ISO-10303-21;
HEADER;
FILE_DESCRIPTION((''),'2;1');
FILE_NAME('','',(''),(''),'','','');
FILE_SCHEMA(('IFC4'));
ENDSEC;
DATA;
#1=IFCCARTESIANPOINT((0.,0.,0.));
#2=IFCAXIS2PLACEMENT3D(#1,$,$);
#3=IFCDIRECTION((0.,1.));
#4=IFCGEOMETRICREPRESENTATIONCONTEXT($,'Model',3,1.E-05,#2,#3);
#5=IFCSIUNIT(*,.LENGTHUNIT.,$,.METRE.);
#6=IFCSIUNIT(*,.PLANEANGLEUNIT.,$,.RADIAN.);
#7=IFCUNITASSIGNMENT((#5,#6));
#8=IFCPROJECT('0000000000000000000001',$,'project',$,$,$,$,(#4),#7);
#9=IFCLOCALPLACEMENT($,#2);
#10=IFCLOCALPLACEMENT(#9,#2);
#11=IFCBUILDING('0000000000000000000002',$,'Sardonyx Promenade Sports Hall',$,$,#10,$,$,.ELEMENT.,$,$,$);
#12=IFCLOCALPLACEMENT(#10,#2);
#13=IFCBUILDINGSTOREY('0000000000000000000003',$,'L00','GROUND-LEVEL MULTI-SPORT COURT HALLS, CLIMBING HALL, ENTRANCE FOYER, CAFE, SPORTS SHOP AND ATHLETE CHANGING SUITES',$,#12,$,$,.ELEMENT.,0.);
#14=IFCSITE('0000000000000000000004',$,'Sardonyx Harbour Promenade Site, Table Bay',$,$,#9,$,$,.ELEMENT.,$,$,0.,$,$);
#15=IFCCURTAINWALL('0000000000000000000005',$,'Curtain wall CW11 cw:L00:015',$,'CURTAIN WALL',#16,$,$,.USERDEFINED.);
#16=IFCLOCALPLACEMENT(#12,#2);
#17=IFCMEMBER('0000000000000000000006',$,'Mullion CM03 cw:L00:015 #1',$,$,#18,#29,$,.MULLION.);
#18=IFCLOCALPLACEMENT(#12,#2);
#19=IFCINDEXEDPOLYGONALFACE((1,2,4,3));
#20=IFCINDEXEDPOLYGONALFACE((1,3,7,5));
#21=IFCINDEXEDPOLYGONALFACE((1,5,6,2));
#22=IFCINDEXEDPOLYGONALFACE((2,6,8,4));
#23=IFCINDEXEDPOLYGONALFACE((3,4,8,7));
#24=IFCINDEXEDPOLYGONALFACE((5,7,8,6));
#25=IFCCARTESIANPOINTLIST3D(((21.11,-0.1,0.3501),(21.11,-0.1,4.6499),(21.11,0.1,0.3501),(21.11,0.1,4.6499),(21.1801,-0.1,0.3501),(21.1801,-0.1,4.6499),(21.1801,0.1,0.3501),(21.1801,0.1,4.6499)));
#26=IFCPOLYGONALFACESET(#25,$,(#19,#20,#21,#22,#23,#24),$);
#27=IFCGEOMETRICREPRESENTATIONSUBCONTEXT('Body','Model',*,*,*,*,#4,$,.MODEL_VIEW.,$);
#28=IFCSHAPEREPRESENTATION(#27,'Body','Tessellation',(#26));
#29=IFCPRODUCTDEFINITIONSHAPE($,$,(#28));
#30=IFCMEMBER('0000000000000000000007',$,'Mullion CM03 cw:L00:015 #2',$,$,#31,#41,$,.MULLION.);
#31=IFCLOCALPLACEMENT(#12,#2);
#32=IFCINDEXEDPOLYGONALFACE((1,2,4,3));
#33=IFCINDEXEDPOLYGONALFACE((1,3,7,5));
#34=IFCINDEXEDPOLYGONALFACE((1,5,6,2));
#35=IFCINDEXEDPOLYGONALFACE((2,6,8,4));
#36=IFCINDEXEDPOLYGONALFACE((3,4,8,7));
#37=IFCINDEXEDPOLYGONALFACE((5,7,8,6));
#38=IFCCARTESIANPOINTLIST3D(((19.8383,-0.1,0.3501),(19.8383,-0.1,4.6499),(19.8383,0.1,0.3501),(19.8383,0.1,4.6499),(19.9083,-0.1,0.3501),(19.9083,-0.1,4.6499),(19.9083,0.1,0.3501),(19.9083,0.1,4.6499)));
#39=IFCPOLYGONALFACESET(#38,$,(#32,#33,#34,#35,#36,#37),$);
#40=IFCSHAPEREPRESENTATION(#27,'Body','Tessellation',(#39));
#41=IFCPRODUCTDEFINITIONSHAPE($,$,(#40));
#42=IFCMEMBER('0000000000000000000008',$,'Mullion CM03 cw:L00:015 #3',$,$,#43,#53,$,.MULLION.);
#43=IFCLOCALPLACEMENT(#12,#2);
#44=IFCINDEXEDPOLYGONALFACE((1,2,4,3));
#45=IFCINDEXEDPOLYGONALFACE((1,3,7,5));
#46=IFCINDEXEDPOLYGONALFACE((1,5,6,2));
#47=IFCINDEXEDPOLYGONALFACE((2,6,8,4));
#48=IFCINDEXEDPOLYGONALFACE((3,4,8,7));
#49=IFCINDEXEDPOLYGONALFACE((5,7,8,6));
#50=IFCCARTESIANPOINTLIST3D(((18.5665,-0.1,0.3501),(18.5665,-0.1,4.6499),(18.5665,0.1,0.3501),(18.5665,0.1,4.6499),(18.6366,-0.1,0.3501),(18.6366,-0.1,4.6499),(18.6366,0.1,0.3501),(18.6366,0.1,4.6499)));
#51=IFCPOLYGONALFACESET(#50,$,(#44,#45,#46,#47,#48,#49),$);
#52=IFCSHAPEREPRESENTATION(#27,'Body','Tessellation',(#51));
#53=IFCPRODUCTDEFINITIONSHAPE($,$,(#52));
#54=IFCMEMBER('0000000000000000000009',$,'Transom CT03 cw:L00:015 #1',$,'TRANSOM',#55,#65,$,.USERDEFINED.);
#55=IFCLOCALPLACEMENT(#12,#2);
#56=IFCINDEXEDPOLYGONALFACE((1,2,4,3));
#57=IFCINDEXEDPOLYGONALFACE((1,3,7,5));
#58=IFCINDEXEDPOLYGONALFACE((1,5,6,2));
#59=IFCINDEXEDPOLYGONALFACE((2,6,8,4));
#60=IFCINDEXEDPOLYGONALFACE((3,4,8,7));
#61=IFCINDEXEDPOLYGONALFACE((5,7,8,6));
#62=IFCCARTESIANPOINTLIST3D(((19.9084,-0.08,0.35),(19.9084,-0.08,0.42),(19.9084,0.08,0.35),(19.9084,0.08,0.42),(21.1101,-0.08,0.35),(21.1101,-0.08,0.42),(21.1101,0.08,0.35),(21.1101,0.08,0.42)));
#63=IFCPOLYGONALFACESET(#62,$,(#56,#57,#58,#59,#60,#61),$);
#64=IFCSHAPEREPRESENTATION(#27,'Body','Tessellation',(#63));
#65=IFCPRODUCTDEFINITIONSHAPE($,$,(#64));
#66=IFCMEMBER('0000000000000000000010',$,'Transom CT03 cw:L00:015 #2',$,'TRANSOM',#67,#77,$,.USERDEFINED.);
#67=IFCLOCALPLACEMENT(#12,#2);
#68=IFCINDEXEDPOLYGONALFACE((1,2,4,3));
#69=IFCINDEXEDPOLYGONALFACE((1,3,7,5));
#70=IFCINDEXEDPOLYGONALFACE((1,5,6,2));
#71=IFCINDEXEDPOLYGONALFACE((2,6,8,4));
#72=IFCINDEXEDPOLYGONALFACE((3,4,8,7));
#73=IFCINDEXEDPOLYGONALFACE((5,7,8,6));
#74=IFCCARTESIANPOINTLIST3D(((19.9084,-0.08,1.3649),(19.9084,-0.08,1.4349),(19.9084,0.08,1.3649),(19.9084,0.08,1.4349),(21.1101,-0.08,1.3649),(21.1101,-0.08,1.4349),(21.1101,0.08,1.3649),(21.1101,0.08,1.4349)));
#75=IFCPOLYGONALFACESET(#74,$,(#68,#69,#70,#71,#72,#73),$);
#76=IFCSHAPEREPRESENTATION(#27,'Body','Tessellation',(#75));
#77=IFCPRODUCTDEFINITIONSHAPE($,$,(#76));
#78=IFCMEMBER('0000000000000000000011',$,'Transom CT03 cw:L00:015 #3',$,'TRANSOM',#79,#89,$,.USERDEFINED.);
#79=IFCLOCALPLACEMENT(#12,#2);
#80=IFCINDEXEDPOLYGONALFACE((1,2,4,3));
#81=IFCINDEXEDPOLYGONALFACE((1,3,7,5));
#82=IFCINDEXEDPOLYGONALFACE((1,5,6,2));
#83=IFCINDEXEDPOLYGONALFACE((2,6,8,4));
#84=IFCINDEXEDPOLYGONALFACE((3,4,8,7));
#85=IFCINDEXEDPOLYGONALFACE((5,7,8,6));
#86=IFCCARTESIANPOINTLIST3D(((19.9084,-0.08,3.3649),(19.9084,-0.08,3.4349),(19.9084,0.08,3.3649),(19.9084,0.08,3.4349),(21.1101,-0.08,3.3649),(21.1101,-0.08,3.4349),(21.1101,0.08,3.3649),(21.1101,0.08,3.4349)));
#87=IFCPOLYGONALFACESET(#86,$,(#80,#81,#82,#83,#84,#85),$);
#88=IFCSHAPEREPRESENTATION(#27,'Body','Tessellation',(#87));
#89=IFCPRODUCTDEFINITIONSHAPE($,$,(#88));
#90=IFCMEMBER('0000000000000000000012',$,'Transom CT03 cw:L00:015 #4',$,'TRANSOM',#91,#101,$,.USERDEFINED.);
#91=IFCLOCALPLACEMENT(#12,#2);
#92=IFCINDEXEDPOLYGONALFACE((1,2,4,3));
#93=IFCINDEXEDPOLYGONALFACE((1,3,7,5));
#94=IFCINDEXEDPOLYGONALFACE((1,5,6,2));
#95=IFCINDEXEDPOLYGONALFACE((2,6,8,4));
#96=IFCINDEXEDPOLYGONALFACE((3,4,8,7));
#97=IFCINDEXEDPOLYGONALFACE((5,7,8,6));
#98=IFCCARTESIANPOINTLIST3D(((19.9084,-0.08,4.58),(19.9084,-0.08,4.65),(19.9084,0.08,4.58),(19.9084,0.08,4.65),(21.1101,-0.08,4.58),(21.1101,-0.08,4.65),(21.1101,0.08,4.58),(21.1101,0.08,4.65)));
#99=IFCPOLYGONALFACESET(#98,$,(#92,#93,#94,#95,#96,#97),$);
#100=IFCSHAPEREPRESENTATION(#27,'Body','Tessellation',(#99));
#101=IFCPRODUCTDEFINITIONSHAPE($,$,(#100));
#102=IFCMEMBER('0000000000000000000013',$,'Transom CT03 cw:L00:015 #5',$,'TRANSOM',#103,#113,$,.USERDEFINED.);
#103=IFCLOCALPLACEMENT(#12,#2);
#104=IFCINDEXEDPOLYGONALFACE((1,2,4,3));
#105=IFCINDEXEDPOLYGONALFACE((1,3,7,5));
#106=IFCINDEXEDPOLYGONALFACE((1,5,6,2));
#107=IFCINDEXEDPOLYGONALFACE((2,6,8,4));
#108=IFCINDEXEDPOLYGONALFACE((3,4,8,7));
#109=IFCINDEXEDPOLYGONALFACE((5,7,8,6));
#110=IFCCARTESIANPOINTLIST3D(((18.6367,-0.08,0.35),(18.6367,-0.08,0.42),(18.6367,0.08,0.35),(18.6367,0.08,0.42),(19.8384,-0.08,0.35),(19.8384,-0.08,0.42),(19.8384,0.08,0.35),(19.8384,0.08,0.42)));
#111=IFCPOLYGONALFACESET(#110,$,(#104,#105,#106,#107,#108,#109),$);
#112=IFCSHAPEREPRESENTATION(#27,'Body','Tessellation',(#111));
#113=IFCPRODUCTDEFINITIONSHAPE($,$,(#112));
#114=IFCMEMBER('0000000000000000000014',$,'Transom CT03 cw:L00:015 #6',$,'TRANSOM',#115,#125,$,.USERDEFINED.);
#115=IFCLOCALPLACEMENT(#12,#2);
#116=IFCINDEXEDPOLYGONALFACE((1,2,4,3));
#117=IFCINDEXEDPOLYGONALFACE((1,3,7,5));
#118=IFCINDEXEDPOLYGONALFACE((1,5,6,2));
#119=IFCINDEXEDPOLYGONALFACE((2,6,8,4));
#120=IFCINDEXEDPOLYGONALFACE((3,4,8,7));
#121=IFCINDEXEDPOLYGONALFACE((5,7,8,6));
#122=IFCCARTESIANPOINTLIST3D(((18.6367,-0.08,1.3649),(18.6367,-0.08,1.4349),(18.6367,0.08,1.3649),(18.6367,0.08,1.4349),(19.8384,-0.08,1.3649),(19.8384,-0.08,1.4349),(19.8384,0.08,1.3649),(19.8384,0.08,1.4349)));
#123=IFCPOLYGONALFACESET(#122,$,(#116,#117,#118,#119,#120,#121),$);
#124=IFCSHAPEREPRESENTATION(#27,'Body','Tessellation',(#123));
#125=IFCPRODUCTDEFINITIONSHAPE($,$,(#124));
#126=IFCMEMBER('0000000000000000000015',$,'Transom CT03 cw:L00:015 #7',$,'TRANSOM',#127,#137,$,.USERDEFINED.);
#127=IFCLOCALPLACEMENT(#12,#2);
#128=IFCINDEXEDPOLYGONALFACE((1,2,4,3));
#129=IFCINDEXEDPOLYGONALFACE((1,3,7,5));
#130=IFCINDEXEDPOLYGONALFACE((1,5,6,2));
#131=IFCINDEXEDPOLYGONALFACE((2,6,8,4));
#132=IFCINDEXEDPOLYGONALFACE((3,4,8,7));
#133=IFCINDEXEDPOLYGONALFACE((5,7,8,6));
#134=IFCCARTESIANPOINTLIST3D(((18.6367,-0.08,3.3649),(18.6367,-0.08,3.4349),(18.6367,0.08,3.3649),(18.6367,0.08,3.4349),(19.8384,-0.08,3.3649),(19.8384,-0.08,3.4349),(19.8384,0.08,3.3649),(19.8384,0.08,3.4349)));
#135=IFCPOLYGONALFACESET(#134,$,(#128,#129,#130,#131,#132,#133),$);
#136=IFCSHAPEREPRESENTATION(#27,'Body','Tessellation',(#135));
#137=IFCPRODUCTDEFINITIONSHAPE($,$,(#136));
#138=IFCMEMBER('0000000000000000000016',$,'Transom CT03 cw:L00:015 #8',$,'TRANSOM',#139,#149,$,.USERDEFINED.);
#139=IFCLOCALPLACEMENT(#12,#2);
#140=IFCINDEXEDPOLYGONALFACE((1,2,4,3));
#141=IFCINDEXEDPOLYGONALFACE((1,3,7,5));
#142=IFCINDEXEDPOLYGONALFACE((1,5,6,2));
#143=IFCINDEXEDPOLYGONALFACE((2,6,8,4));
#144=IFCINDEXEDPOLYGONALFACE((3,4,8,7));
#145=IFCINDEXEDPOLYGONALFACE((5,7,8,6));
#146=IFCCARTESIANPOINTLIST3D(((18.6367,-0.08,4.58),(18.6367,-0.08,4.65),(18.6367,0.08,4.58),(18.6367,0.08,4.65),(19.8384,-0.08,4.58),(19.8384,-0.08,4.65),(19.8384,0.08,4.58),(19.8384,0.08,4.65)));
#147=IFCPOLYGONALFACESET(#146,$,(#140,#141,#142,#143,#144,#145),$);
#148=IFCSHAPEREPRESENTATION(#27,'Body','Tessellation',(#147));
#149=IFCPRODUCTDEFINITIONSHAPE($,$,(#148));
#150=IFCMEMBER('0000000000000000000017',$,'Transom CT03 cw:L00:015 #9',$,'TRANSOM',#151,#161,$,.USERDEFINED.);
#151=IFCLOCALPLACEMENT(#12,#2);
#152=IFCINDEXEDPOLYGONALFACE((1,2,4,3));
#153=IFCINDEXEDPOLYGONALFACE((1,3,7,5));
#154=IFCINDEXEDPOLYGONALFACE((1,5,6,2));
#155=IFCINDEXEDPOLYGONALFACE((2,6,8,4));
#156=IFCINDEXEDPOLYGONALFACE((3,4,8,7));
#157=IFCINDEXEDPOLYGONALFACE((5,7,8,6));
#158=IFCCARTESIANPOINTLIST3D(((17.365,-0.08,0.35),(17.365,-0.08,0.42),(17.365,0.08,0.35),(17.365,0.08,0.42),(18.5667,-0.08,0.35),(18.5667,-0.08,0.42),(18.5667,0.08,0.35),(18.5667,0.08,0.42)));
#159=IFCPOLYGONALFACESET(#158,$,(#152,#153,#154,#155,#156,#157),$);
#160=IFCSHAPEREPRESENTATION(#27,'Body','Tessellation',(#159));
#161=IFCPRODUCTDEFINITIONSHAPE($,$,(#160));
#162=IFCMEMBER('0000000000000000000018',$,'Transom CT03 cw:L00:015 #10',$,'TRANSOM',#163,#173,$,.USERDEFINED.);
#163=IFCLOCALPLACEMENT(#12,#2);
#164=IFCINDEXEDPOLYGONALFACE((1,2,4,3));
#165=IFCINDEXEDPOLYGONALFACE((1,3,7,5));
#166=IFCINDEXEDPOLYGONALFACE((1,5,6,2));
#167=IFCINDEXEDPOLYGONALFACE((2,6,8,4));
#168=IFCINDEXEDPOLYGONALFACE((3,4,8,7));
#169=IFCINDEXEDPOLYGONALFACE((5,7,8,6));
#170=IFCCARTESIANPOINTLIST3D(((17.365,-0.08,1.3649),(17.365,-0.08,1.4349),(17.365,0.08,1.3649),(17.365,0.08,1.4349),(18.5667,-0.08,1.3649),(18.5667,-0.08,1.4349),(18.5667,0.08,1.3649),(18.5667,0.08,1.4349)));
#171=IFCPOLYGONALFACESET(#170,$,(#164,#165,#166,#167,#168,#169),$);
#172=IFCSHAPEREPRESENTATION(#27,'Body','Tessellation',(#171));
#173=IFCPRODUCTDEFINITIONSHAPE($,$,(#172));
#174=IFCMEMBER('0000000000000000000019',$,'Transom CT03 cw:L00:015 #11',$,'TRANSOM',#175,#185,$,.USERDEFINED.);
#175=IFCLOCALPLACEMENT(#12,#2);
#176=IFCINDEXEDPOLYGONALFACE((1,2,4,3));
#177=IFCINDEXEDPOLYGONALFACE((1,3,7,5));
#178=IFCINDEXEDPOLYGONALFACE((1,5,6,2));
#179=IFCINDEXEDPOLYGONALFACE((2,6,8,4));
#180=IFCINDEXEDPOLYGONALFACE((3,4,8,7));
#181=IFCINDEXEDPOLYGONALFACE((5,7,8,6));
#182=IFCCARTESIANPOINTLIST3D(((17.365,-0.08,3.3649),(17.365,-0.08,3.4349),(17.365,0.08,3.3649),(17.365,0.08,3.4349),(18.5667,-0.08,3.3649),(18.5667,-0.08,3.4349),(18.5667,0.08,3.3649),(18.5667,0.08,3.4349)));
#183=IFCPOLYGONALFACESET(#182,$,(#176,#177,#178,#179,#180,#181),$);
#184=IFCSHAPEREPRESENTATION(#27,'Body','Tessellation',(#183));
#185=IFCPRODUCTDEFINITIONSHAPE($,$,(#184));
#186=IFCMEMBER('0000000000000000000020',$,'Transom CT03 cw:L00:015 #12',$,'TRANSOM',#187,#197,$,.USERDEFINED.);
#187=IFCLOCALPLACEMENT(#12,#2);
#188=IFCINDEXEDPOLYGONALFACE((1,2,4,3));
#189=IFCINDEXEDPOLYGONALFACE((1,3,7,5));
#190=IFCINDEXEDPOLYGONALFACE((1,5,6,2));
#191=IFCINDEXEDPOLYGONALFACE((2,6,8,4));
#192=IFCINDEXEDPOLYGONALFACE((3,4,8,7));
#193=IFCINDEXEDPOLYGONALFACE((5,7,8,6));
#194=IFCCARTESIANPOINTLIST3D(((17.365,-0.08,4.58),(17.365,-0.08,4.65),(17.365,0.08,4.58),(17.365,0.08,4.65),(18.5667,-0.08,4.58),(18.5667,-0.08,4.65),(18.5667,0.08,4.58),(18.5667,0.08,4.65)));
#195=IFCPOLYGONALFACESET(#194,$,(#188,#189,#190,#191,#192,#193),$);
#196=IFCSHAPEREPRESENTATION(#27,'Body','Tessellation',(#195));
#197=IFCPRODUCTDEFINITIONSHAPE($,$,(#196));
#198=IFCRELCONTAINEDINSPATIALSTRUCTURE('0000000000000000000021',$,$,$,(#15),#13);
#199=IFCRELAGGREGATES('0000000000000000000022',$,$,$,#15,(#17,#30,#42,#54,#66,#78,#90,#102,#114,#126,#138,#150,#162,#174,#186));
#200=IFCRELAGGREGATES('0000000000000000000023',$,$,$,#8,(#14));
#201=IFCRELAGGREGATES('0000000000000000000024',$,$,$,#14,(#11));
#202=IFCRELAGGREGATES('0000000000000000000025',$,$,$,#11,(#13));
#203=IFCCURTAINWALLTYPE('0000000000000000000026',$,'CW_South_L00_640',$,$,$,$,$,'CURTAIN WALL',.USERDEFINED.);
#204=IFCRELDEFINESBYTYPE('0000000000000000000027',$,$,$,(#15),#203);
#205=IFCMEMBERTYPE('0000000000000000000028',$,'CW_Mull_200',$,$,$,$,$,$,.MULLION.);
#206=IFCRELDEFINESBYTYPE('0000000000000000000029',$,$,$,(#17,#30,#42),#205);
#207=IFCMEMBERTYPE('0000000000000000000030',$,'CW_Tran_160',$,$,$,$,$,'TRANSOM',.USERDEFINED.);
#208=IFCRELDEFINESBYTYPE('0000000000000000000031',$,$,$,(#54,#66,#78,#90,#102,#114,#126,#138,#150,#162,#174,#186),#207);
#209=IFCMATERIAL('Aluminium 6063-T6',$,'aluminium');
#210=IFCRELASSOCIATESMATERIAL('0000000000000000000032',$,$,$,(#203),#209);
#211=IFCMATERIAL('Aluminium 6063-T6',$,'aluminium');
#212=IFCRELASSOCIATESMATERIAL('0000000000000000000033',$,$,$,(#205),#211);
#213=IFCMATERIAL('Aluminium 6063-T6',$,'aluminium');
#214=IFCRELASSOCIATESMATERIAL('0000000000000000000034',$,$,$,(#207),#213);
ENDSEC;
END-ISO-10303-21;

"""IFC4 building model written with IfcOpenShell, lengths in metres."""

from ifc_helpers import new_model, si_unit, direction, frame, origin, origin_2d, place, context, subcontext, project, spatial, rectangle, extrude, material, material_profile, profile_set, type_object, element, aggregate, save


model = new_model("IFC4")

# Units and contexts
model_context = context("Model", 3, precision=1e-05, world=origin(), true_north=direction((0.0, 1.0)))
body_context = subcontext(model_context, "Body", "Model", "MODEL_VIEW")
ifc_project = project(units=[si_unit("LENGTHUNIT", "METRE"), si_unit("PLANEANGLEUNIT", "RADIAN")], contexts=[model_context])

# Site, building, storey
site_placement = place(None, origin())
site = spatial("IfcSite", under=ifc_project, at=site_placement, Name="Sardonyx Harbour Promenade Site, Table Bay", CompositionType="ELEMENT", RefElevation=0.0)
building_placement = place(site_placement, origin())
building = spatial("IfcBuilding", under=site, at=building_placement, Name="Sardonyx Promenade Sports Hall", CompositionType="ELEMENT")
storey_placement = place(building_placement, origin())
storey = spatial("IfcBuildingStorey", under=building, at=storey_placement, Name="L00", Description="GROUND-LEVEL MULTI-SPORT COURT HALLS, CLIMBING HALL, ENTRANCE FOYER, CAFE, SPORTS SHOP AND ATHLETE CHANGING SUITES", CompositionType="ELEMENT", Elevation=0.0)

# Curtain wall, members
ifc_material_1 = material(Name="Aluminium 6063-T6", Category="aluminium")
curtain_wall_type = type_object("IfcCurtainWallType", Name="CW_South_L00_640", ElementType="CURTAIN WALL", PredefinedType="USERDEFINED", material=ifc_material_1)
curtain_wall_placement = place(storey_placement, origin())
curtain_wall = element("IfcCurtainWall", 1, at=curtain_wall_placement, inside=storey, type_object=curtain_wall_type, Name="Curtain wall CW11 cw:L00:015", ObjectType="CURTAIN WALL", PredefinedType="USERDEFINED")
ifc_material_2 = material(Name="Aluminium 6063-T6", Category="aluminium")
ifc_material_profile_1 = material_profile(ifc_material_2, rectangle(XDim=0.0701, YDim=0.2, at=origin_2d()))
ifc_profile_set_1 = profile_set([ifc_material_profile_1], Name="Aluminium 6063-T6")
member_type_1 = type_object("IfcMemberType", Name="CW_Mull_200", PredefinedType="MULLION", material=ifc_profile_set_1)
member_1_placement = place(storey_placement, frame((21.145, 0.0, 0.3501), z_axis=(0.0, 0.0, 1.0), x_axis=(-1.0, 0.0, 0.0)))
member_1 = element("IfcMember", 2, at=member_1_placement, type_object=member_type_1, Name="Mullion CM03 cw:L00:015 #1", PredefinedType="MULLION", context=body_context, shape_type="SweptSolid", body=[
    extrude(rectangle(XDim=0.0701, YDim=0.2, at=origin_2d()), origin(), (0.0, 0.0, 1.0), 4.2998),
])
member_2_placement = place(storey_placement, frame((19.8733, 0.0, 0.3501), z_axis=(0.0, 0.0, 1.0), x_axis=(-1.0, 0.0, 0.0)))
member_2 = element("IfcMember", 3, at=member_2_placement, type_object=member_type_1, Name="Mullion CM03 cw:L00:015 #2", PredefinedType="MULLION", context=body_context, shape_type="SweptSolid", body=[
    extrude(rectangle(XDim=0.0701, YDim=0.2, at=origin_2d()), origin(), (0.0, 0.0, 1.0), 4.2998),
])
member_3_placement = place(storey_placement, frame((18.6016, 0.0, 0.3501), z_axis=(0.0, 0.0, 1.0), x_axis=(-1.0, 0.0, 0.0)))
member_3 = element("IfcMember", 4, at=member_3_placement, type_object=member_type_1, Name="Mullion CM03 cw:L00:015 #3", PredefinedType="MULLION", context=body_context, shape_type="SweptSolid", body=[
    extrude(rectangle(XDim=0.0701, YDim=0.2, at=origin_2d()), origin(), (0.0, 0.0, 1.0), 4.2998),
])
ifc_material_3 = material(Name="Aluminium 6063-T6", Category="aluminium")
ifc_material_profile_2 = material_profile(ifc_material_3, rectangle(XDim=0.0701, YDim=0.1599, at=origin_2d()))
ifc_profile_set_2 = profile_set([ifc_material_profile_2], Name="Aluminium 6063-T6")
member_type_2 = type_object("IfcMemberType", Name="CW_Tran_160", ElementType="TRANSOM", PredefinedType="USERDEFINED", material=ifc_profile_set_2)
member_4_placement = place(storey_placement, frame((21.1101, 0.0, 0.385), z_axis=(-1.0, 0.0, 0.0), x_axis=(0.0, 0.0, 1.0)))
member_4 = element("IfcMember", 5, at=member_4_placement, type_object=member_type_2, Name="Transom CT03 cw:L00:015 #1", ObjectType="TRANSOM", PredefinedType="USERDEFINED", context=body_context, shape_type="SweptSolid", body=[
    extrude(rectangle(XDim=0.0701, YDim=0.1599, at=origin_2d()), origin(), (0.0, 0.0, 1.0), 1.2017),
])
member_5_placement = place(storey_placement, frame((21.1101, 0.0, 1.3999), z_axis=(-1.0, 0.0, 0.0), x_axis=(0.0, 0.0, 1.0)))
member_5 = element("IfcMember", 6, at=member_5_placement, type_object=member_type_2, Name="Transom CT03 cw:L00:015 #2", ObjectType="TRANSOM", PredefinedType="USERDEFINED", context=body_context, shape_type="SweptSolid", body=[
    extrude(rectangle(XDim=0.0701, YDim=0.1599, at=origin_2d()), origin(), (0.0, 0.0, 1.0), 1.2017),
])
member_6_placement = place(storey_placement, frame((21.1101, 0.0, 3.3999), z_axis=(-1.0, 0.0, 0.0), x_axis=(0.0, 0.0, 1.0)))
member_6 = element("IfcMember", 7, at=member_6_placement, type_object=member_type_2, Name="Transom CT03 cw:L00:015 #3", ObjectType="TRANSOM", PredefinedType="USERDEFINED", context=body_context, shape_type="SweptSolid", body=[
    extrude(rectangle(XDim=0.0701, YDim=0.1599, at=origin_2d()), origin(), (0.0, 0.0, 1.0), 1.2017),
])
member_7_placement = place(storey_placement, frame((21.1101, 0.0, 4.615), z_axis=(-1.0, 0.0, 0.0), x_axis=(0.0, 0.0, 1.0)))
member_7 = element("IfcMember", 8, at=member_7_placement, type_object=member_type_2, Name="Transom CT03 cw:L00:015 #4", ObjectType="TRANSOM", PredefinedType="USERDEFINED", context=body_context, shape_type="SweptSolid", body=[
    extrude(rectangle(XDim=0.0701, YDim=0.1599, at=origin_2d()), origin(), (0.0, 0.0, 1.0), 1.2017),
])
member_8_placement = place(storey_placement, frame((19.8384, 0.0, 0.385), z_axis=(-1.0, 0.0, 0.0), x_axis=(0.0, 0.0, 1.0)))
member_8 = element("IfcMember", 9, at=member_8_placement, type_object=member_type_2, Name="Transom CT03 cw:L00:015 #5", ObjectType="TRANSOM", PredefinedType="USERDEFINED", context=body_context, shape_type="SweptSolid", body=[
    extrude(rectangle(XDim=0.0701, YDim=0.1599, at=origin_2d()), origin(), (0.0, 0.0, 1.0), 1.2017),
])
member_9_placement = place(storey_placement, frame((19.8384, 0.0, 1.3999), z_axis=(-1.0, 0.0, 0.0), x_axis=(0.0, 0.0, 1.0)))
member_9 = element("IfcMember", 10, at=member_9_placement, type_object=member_type_2, Name="Transom CT03 cw:L00:015 #6", ObjectType="TRANSOM", PredefinedType="USERDEFINED", context=body_context, shape_type="SweptSolid", body=[
    extrude(rectangle(XDim=0.0701, YDim=0.1599, at=origin_2d()), origin(), (0.0, 0.0, 1.0), 1.2017),
])
member_10_placement = place(storey_placement, frame((19.8384, 0.0, 3.3999), z_axis=(-1.0, 0.0, 0.0), x_axis=(0.0, 0.0, 1.0)))
member_10 = element("IfcMember", 11, at=member_10_placement, type_object=member_type_2, Name="Transom CT03 cw:L00:015 #7", ObjectType="TRANSOM", PredefinedType="USERDEFINED", context=body_context, shape_type="SweptSolid", body=[
    extrude(rectangle(XDim=0.0701, YDim=0.1599, at=origin_2d()), origin(), (0.0, 0.0, 1.0), 1.2017),
])
member_11_placement = place(storey_placement, frame((19.8384, 0.0, 4.615), z_axis=(-1.0, 0.0, 0.0), x_axis=(0.0, 0.0, 1.0)))
member_11 = element("IfcMember", 12, at=member_11_placement, type_object=member_type_2, Name="Transom CT03 cw:L00:015 #8", ObjectType="TRANSOM", PredefinedType="USERDEFINED", context=body_context, shape_type="SweptSolid", body=[
    extrude(rectangle(XDim=0.0701, YDim=0.1599, at=origin_2d()), origin(), (0.0, 0.0, 1.0), 1.2017),
])
member_12_placement = place(storey_placement, frame((18.5667, 0.0, 0.385), z_axis=(-1.0, 0.0, 0.0), x_axis=(0.0, 0.0, 1.0)))
member_12 = element("IfcMember", 13, at=member_12_placement, type_object=member_type_2, Name="Transom CT03 cw:L00:015 #9", ObjectType="TRANSOM", PredefinedType="USERDEFINED", context=body_context, shape_type="SweptSolid", body=[
    extrude(rectangle(XDim=0.0701, YDim=0.1599, at=origin_2d()), origin(), (0.0, 0.0, 1.0), 1.2017),
])
member_13_placement = place(storey_placement, frame((18.5667, 0.0, 1.3999), z_axis=(-1.0, 0.0, 0.0), x_axis=(0.0, 0.0, 1.0)))
member_13 = element("IfcMember", 14, at=member_13_placement, type_object=member_type_2, Name="Transom CT03 cw:L00:015 #10", ObjectType="TRANSOM", PredefinedType="USERDEFINED", context=body_context, shape_type="SweptSolid", body=[
    extrude(rectangle(XDim=0.0701, YDim=0.1599, at=origin_2d()), origin(), (0.0, 0.0, 1.0), 1.2017),
])
member_14_placement = place(storey_placement, frame((18.5667, 0.0, 3.3999), z_axis=(-1.0, 0.0, 0.0), x_axis=(0.0, 0.0, 1.0)))
member_14 = element("IfcMember", 15, at=member_14_placement, type_object=member_type_2, Name="Transom CT03 cw:L00:015 #11", ObjectType="TRANSOM", PredefinedType="USERDEFINED", context=body_context, shape_type="SweptSolid", body=[
    extrude(rectangle(XDim=0.0701, YDim=0.1599, at=origin_2d()), origin(), (0.0, 0.0, 1.0), 1.2017),
])
member_15_placement = place(storey_placement, frame((18.5667, 0.0, 4.615), z_axis=(-1.0, 0.0, 0.0), x_axis=(0.0, 0.0, 1.0)))
member_15 = element("IfcMember", 16, at=member_15_placement, type_object=member_type_2, Name="Transom CT03 cw:L00:015 #12", ObjectType="TRANSOM", PredefinedType="USERDEFINED", context=body_context, shape_type="SweptSolid", body=[
    extrude(rectangle(XDim=0.0701, YDim=0.1599, at=origin_2d()), origin(), (0.0, 0.0, 1.0), 1.2017),
])
aggregate(curtain_wall, [member_1, member_2, member_3, member_4, member_5, member_6, member_7, member_8, member_9, member_10, member_11, member_12, member_13, member_14, member_15])

save(model, "model.ifc")
